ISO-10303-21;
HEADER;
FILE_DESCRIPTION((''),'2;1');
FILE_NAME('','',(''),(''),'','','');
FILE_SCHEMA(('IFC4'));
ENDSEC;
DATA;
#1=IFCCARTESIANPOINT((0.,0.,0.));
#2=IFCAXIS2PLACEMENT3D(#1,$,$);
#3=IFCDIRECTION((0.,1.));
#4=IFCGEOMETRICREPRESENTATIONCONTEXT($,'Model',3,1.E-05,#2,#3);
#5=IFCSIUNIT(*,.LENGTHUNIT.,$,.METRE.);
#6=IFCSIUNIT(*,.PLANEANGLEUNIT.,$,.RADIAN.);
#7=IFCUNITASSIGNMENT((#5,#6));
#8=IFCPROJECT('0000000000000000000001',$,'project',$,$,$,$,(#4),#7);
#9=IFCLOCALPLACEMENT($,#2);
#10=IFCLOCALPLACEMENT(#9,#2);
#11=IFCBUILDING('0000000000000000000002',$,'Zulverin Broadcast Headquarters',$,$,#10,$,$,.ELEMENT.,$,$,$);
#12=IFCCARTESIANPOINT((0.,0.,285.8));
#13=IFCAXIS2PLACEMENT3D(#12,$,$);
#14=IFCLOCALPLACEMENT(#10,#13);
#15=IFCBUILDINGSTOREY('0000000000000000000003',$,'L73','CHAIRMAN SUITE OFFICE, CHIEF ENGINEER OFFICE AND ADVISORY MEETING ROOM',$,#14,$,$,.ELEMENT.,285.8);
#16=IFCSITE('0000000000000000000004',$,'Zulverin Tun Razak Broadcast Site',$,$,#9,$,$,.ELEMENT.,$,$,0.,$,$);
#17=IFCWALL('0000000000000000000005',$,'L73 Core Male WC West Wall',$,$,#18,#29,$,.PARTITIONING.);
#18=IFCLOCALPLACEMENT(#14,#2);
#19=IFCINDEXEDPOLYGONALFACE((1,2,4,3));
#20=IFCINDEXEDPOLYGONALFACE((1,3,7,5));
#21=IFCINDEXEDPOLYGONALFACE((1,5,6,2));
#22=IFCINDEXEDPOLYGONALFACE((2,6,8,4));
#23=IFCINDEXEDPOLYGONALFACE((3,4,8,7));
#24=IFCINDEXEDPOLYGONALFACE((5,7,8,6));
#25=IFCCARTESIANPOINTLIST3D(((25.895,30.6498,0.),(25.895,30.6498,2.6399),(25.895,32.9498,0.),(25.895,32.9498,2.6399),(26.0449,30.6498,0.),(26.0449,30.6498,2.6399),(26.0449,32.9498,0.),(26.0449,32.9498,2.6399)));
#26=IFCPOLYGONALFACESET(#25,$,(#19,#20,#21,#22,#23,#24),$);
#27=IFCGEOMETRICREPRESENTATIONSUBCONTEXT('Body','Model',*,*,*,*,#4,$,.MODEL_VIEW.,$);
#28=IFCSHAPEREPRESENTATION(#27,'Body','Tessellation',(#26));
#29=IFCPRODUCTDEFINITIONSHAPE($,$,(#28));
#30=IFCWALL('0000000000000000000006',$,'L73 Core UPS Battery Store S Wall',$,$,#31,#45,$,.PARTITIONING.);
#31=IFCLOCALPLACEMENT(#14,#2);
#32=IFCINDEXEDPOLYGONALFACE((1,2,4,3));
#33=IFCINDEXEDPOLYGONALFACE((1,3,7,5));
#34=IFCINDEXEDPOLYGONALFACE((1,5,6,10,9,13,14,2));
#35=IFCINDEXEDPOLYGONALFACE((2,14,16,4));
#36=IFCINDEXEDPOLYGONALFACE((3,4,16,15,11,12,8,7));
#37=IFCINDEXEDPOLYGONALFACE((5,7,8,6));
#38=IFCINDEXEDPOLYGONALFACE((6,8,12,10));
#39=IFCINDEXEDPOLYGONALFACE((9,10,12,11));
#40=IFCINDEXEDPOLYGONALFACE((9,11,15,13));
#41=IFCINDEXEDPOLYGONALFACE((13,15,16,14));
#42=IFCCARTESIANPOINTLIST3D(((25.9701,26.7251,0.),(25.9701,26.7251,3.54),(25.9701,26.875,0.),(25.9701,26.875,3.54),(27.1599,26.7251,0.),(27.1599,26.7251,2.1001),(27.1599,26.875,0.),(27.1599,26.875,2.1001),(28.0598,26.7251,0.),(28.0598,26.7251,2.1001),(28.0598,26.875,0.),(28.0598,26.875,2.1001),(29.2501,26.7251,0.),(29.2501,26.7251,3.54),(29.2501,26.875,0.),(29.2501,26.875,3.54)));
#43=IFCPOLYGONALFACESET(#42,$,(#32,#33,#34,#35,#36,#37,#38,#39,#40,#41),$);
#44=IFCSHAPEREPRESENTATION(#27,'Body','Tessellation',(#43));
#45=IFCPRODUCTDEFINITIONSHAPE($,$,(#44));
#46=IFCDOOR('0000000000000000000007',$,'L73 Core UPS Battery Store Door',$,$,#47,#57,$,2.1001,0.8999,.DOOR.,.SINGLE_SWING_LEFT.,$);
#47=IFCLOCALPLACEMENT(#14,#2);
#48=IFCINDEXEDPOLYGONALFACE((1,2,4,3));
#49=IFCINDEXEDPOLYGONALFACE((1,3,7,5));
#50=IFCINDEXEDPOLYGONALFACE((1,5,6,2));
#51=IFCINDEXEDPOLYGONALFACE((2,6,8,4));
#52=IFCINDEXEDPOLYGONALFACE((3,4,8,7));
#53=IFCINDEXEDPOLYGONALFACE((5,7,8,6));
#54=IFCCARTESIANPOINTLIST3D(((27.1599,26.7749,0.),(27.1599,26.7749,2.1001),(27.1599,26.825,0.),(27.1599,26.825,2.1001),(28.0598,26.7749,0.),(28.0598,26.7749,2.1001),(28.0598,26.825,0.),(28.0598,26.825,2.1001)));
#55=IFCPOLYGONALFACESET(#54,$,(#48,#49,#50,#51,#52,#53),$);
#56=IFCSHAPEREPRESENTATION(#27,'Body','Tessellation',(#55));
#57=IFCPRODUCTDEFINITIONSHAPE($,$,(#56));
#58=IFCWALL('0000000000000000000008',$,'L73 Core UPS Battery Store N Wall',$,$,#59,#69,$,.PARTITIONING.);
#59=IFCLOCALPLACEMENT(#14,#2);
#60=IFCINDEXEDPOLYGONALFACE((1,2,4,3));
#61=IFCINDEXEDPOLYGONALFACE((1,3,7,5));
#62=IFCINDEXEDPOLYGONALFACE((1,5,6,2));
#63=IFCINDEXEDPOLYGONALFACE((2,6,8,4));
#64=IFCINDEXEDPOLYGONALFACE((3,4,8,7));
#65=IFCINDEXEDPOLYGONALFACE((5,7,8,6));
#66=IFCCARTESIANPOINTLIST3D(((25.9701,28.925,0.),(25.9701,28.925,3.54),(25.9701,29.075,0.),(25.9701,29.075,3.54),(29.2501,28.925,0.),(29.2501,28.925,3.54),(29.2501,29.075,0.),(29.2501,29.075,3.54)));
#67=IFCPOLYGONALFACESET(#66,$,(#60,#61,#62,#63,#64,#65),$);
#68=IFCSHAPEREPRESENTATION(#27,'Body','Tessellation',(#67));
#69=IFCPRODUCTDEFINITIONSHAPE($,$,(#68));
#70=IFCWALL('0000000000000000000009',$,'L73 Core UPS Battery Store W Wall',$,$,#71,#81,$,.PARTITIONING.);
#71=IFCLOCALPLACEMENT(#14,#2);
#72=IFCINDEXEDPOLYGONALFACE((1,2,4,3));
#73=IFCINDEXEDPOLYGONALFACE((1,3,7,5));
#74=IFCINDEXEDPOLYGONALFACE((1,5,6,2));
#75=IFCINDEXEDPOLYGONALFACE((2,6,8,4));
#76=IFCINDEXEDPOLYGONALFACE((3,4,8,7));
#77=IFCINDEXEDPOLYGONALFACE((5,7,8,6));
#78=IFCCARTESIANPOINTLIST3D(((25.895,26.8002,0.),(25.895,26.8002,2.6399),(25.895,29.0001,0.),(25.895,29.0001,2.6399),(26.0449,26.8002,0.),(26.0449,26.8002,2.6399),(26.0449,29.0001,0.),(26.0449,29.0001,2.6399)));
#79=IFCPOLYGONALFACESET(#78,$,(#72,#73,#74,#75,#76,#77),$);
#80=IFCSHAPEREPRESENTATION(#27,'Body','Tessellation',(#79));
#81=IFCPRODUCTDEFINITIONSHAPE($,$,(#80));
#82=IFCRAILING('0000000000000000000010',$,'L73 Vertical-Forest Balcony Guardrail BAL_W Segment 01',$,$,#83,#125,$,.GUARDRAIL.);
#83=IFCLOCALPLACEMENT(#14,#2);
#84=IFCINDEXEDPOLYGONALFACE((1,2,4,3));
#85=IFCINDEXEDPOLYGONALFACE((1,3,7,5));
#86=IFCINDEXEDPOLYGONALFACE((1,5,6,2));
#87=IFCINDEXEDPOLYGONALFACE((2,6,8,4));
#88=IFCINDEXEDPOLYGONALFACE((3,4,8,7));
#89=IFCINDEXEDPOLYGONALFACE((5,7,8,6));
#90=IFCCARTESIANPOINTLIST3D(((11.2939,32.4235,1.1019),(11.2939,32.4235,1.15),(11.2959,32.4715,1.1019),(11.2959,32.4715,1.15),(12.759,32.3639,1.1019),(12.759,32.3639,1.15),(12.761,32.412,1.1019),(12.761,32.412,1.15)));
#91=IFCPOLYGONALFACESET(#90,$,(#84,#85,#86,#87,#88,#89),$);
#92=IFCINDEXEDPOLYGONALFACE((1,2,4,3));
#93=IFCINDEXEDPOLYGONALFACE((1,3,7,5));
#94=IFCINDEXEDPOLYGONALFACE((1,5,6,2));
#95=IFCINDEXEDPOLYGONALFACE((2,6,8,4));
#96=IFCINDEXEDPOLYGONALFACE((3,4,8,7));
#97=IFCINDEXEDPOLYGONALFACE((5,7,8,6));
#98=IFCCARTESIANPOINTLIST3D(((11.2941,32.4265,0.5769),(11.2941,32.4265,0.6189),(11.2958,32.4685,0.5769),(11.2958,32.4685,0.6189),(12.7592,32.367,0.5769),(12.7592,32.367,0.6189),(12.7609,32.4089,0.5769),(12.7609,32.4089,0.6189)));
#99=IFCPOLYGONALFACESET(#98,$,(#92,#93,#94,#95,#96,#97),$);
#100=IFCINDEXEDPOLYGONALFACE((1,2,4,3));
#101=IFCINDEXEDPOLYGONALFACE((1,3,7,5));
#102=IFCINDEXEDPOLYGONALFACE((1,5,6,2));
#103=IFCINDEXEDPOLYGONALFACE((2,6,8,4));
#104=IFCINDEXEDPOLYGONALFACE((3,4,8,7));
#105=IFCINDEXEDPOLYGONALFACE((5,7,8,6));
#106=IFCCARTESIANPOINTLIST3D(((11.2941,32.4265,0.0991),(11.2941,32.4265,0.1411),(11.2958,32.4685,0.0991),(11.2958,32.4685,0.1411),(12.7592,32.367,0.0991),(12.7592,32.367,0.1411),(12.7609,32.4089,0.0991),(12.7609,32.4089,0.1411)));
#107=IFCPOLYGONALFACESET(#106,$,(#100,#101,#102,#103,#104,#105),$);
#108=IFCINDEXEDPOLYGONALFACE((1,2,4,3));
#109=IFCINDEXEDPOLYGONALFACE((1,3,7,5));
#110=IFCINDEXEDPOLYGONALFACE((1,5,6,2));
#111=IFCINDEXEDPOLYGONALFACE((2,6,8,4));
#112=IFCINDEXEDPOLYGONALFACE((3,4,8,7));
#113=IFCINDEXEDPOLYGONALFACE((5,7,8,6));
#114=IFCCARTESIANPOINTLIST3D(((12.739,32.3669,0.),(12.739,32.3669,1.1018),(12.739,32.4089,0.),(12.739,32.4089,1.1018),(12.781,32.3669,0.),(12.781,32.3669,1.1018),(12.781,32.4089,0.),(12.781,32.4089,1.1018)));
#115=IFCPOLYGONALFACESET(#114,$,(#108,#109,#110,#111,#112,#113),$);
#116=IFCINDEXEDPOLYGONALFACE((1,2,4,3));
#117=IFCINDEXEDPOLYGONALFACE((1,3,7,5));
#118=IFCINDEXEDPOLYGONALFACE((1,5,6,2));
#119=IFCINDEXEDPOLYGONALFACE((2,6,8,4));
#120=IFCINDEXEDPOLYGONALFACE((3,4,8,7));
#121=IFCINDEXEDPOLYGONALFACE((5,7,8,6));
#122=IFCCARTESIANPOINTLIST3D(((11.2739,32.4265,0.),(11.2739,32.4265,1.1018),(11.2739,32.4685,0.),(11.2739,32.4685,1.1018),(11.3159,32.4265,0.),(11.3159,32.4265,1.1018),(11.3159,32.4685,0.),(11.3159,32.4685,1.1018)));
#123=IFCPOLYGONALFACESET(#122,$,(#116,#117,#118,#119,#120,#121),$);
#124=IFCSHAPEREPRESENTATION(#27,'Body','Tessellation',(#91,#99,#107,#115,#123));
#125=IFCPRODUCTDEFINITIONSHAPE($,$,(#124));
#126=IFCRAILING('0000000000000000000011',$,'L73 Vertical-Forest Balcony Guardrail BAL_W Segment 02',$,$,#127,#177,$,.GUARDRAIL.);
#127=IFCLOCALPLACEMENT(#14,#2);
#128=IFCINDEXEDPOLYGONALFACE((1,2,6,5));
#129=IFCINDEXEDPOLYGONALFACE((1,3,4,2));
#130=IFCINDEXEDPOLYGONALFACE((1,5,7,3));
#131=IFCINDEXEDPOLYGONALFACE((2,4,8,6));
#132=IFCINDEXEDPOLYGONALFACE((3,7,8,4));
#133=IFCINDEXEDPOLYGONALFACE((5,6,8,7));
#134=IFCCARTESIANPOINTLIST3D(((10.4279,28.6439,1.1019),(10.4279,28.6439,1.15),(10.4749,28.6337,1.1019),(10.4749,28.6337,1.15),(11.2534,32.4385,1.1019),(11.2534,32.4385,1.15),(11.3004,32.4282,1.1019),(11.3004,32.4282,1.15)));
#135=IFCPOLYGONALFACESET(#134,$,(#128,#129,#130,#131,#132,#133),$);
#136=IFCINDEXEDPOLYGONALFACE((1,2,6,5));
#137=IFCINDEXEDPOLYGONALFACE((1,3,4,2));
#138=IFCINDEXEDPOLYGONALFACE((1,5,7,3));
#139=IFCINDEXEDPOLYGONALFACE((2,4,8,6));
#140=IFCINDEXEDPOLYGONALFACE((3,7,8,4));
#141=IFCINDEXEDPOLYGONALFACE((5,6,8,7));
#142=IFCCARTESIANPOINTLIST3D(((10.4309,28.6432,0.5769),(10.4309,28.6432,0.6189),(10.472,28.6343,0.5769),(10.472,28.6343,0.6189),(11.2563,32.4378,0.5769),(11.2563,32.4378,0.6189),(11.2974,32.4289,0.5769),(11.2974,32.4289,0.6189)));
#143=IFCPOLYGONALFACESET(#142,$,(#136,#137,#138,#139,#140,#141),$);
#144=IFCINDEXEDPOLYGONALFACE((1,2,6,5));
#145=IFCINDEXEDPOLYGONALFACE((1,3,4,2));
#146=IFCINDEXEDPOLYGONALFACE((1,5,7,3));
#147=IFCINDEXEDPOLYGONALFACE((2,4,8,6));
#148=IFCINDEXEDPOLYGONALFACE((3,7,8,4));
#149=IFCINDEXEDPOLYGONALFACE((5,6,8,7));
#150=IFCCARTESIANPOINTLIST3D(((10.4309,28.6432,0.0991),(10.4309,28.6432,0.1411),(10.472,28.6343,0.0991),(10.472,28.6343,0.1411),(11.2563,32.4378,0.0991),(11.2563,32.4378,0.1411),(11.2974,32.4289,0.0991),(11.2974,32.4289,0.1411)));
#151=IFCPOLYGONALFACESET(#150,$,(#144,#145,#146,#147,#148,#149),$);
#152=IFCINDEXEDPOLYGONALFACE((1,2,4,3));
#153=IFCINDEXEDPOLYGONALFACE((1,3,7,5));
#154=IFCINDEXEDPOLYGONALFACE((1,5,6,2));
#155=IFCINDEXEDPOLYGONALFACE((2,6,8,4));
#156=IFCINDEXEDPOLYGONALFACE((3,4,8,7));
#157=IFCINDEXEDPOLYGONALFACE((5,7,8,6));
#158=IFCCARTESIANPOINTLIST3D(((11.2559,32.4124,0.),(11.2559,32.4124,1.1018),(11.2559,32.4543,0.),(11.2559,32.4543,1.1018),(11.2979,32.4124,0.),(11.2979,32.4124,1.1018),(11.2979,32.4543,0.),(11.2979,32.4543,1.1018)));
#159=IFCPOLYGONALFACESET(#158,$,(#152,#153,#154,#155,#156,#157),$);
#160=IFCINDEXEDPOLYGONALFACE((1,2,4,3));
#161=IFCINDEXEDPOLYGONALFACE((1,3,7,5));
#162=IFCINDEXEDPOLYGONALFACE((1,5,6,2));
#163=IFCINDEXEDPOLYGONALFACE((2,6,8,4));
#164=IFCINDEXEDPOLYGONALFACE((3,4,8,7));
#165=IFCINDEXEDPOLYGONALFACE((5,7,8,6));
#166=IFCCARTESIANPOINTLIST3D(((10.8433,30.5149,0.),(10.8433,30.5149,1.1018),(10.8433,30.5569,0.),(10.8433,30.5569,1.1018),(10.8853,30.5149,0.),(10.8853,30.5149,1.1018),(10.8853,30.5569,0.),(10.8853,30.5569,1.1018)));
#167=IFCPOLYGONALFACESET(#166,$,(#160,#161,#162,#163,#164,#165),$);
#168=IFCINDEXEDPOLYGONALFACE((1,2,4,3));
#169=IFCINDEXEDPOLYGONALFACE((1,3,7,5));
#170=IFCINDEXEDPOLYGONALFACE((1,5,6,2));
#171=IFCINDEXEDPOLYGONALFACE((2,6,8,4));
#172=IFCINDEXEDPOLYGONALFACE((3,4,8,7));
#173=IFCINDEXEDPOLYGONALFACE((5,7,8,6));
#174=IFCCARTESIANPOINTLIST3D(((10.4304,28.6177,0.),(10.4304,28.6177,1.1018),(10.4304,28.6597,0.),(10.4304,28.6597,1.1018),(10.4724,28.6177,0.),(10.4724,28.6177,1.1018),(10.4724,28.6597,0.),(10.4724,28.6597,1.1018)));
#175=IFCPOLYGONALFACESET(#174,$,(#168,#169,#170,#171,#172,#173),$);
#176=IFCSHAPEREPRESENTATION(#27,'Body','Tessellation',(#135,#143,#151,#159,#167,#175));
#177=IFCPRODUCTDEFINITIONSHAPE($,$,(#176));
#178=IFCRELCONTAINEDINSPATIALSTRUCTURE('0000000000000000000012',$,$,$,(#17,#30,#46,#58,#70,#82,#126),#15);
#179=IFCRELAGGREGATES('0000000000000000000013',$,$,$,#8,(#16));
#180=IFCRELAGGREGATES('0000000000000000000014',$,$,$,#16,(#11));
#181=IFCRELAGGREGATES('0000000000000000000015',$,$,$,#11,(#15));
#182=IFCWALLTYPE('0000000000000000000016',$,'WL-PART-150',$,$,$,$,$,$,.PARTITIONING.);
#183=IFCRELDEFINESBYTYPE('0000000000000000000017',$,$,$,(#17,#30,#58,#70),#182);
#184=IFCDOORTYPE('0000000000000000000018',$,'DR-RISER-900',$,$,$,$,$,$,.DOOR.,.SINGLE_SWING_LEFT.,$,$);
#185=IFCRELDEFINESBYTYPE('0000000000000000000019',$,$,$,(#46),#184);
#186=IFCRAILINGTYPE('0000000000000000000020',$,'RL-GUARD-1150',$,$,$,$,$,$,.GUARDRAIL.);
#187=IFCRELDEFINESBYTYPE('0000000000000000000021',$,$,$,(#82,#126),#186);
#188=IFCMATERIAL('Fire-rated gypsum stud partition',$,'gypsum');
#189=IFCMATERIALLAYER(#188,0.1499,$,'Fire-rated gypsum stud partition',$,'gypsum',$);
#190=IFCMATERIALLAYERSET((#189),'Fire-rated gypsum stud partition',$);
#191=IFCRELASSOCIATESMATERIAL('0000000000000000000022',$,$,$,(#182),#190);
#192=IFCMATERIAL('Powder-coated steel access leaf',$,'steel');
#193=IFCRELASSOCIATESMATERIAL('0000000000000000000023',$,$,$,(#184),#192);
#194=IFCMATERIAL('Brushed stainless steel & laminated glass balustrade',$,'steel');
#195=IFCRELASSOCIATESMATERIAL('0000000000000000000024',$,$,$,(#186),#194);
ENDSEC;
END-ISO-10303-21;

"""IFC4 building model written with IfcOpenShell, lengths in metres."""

from ifc_helpers import new_model, si_unit, direction, frame, frame_2d, origin, origin_2d, place, context, subcontext, project, spatial, rectangle, extrude, material, layer, layer_set, type_object, element, fill, save


model = new_model("IFC4")

# Units and contexts
model_context = context("Model", 3, precision=1e-05, world=origin(), true_north=direction((0.0, 1.0)))
body_context = subcontext(model_context, "Body", "Model", "MODEL_VIEW")
ifc_project = project(units=[si_unit("LENGTHUNIT", "METRE"), si_unit("PLANEANGLEUNIT", "RADIAN")], contexts=[model_context])

# Site, building, storey
site_placement = place(None, origin())
site = spatial("IfcSite", under=ifc_project, at=site_placement, Name="Zulverin Tun Razak Broadcast Site", CompositionType="ELEMENT", RefElevation=0.0)
building_placement = place(site_placement, origin())
building = spatial("IfcBuilding", under=site, at=building_placement, Name="Zulverin Broadcast Headquarters", CompositionType="ELEMENT")
storey_placement = place(building_placement, frame((0.0, 0.0, 285.8)))
storey = spatial("IfcBuildingStorey", under=building, at=storey_placement, Name="L73", Description="CHAIRMAN SUITE OFFICE, CHIEF ENGINEER OFFICE AND ADVISORY MEETING ROOM", CompositionType="ELEMENT", Elevation=285.8)

# Shared definitions
ifc_material_1 = material(Name="Fire-rated gypsum stud partition", Category="gypsum")
ifc_layer_1 = layer(ifc_material_1, 0.1499, Name="Fire-rated gypsum stud partition", Category="gypsum")
ifc_layer_set_1 = layer_set([ifc_layer_1], Name="Fire-rated gypsum stud partition")
wall_type_1 = type_object("IfcWallType", Name="WL-PART-150", PredefinedType="PARTITIONING", material=ifc_layer_set_1)

# Wall
wall_1_placement = place(storey_placement, frame((25.97, 30.6499, 0.0), z_axis=(0.0, 0.0, 1.0), x_axis=(0.0, 1.0, 0.0)))
element("IfcWall", 1, at=wall_1_placement, inside=storey, type_object=wall_type_1, Name="L73 Core Male WC West Wall", PredefinedType="PARTITIONING", context=body_context, shape_type="SweptSolid", body=[
    extrude(rectangle(XDim=2.3, YDim=0.1499, at=frame_2d((1.1499, 0.0))), origin(), (0.0, 0.0, 1.0), 2.6399),
])

# Wall, opening, door
wall_2_placement = place(storey_placement, frame((25.97, 26.8, 0.0), z_axis=(0.0, 0.0, 1.0), x_axis=(1.0, 0.0, 0.0)))
wall_2 = element("IfcWall", 2, at=wall_2_placement, inside=storey, type_object=wall_type_1, Name="L73 Core UPS Battery Store S Wall", PredefinedType="PARTITIONING", context=body_context, shape_type="SweptSolid", body=[
    extrude(rectangle(XDim=3.28, YDim=0.1499, at=frame_2d((1.6401, 0.0))), origin(), (0.0, 0.0, 1.0), 3.54),
])
opening_1_placement = place(wall_2_placement, frame((1.1899, 0.0, 0.0)))
opening_1 = element("IfcOpeningElement", 3, at=opening_1_placement, cuts=wall_2, PredefinedType="OPENING", context=body_context, shape_type="SweptSolid", body=[
    extrude(rectangle(XDim=0.8999, YDim=2.1001, at=frame_2d((0.45, 1.05))), frame((0.0, 0.085, 0.0), z_axis=(0.0, -1.0, 0.0), x_axis=(1.0, 0.0, 0.0)), (0.0, 0.0, 1.0), 0.1699),
])
ifc_material_2 = material(Name="Powder-coated steel access leaf", Category="steel")
door_type_1 = type_object("IfcDoorType", Name="DR-RISER-900", OperationType="SINGLE_SWING_LEFT", PredefinedType="DOOR", material=ifc_material_2)
door_1_placement = place(opening_1_placement, origin())
door_1 = element("IfcDoor", 4, at=door_1_placement, inside=storey, type_object=door_type_1, Name="L73 Core UPS Battery Store Door", OperationType="SINGLE_SWING_LEFT", OverallHeight=2.1001, OverallWidth=0.8999, PredefinedType="DOOR", context=body_context, shape_type="SweptSolid", body=[
    extrude(rectangle(XDim=0.8999, YDim=2.1001, at=frame_2d((0.45, 1.05))), frame((0.0, 0.0249, 0.0), z_axis=(0.0, -1.0, 0.0), x_axis=(1.0, 0.0, 0.0)), (0.0, 0.0, 1.0), 0.05),
])
fill(opening_1, door_1)

# Walls
wall_3_placement = place(storey_placement, frame((25.97, 29.0, 0.0), z_axis=(0.0, 0.0, 1.0), x_axis=(1.0, 0.0, 0.0)))
element("IfcWall", 5, at=wall_3_placement, inside=storey, type_object=wall_type_1, Name="L73 Core UPS Battery Store N Wall", PredefinedType="PARTITIONING", context=body_context, shape_type="SweptSolid", body=[
    extrude(rectangle(XDim=3.28, YDim=0.1499, at=frame_2d((1.6401, 0.0))), origin(), (0.0, 0.0, 1.0), 3.54),
])
wall_4_placement = place(storey_placement, frame((25.97, 26.8, 0.0), z_axis=(0.0, 0.0, 1.0), x_axis=(0.0, 1.0, 0.0)))
element("IfcWall", 6, at=wall_4_placement, inside=storey, type_object=wall_type_1, Name="L73 Core UPS Battery Store W Wall", PredefinedType="PARTITIONING", context=body_context, shape_type="SweptSolid", body=[
    extrude(rectangle(XDim=2.2, YDim=0.1499, at=frame_2d((1.1001, 0.0))), origin(), (0.0, 0.0, 1.0), 2.6399),
])

# Railings
ifc_material_3 = material(Name="Brushed stainless steel & laminated glass balustrade", Category="steel")
railing_type = type_object("IfcRailingType", Name="RL-GUARD-1150", PredefinedType="GUARDRAIL", material=ifc_material_3)
railing_1_placement = place(storey_placement, frame((12.76, 32.3879, 0.0)))
element("IfcRailing", 7, at=railing_1_placement, inside=storey, type_object=railing_type, Name="L73 Vertical-Forest Balcony Guardrail BAL_W Segment 01", PredefinedType="GUARDRAIL", context=body_context, shape_type="SweptSolid", body=[
    extrude(rectangle(XDim=0.0481, YDim=0.0481, at=origin_2d()), frame((0.0, 0.0, 1.126), z_axis=(-0.999174, 0.040626, 0.0), x_axis=(-0.040626, -0.999174, 0.0)), (0.0, 0.0, 1.0), 1.4663),
    extrude(rectangle(XDim=0.042, YDim=0.042, at=origin_2d()), frame((0.0, 0.0, 0.5979), z_axis=(-0.999174, 0.040626, 0.0), x_axis=(-0.040626, -0.999174, 0.0)), (0.0, 0.0, 1.0), 1.4663),
    extrude(rectangle(XDim=0.042, YDim=0.042, at=origin_2d()), frame((0.0, 0.0, 0.1201), z_axis=(-0.999174, 0.040626, 0.0), x_axis=(-0.040626, -0.999174, 0.0)), (0.0, 0.0, 1.0), 1.4663),
    extrude(rectangle(XDim=0.042, YDim=0.042, at=origin_2d()), origin(), (0.0, 0.0, 1.0), 1.1018),
    extrude(rectangle(XDim=0.042, YDim=0.042, at=origin_2d()), frame((-1.4651, 0.0596, 0.0)), (0.0, 0.0, 1.0), 1.1018),
])
railing_2_placement = place(storey_placement, frame((11.2769, 32.4333, 0.0)))
element("IfcRailing", 8, at=railing_2_placement, inside=storey, type_object=railing_type, Name="L73 Vertical-Forest Balcony Guardrail BAL_W Segment 02", PredefinedType="GUARDRAIL", context=body_context, shape_type="SweptSolid", body=[
    extrude(rectangle(XDim=0.0481, YDim=0.0481, at=origin_2d()), frame((0.0, 0.0, 1.126), z_axis=(-0.212555, -0.977149, 0.0), x_axis=(0.977149, -0.212555, 0.0)), (0.0, 0.0, 1.0), 3.8833),
    extrude(rectangle(XDim=0.042, YDim=0.042, at=origin_2d()), frame((0.0, 0.0, 0.5979), z_axis=(-0.212555, -0.977149, 0.0), x_axis=(0.977149, -0.212555, 0.0)), (0.0, 0.0, 1.0), 3.8833),
    extrude(rectangle(XDim=0.042, YDim=0.042, at=origin_2d()), frame((0.0, 0.0, 0.1201), z_axis=(-0.212555, -0.977149, 0.0), x_axis=(0.977149, -0.212555, 0.0)), (0.0, 0.0, 1.0), 3.8833),
    extrude(rectangle(XDim=0.042, YDim=0.042, at=origin_2d()), origin(), (0.0, 0.0, 1.0), 1.1018),
    extrude(rectangle(XDim=0.042, YDim=0.042, at=origin_2d()), frame((-0.4126, -1.8975, 0.0)), (0.0, 0.0, 1.0), 1.1018),
    extrude(rectangle(XDim=0.042, YDim=0.042, at=origin_2d()), frame((-0.8254, -3.7947, 0.0)), (0.0, 0.0, 1.0), 1.1018),
])

save(model, "model.ifc")
